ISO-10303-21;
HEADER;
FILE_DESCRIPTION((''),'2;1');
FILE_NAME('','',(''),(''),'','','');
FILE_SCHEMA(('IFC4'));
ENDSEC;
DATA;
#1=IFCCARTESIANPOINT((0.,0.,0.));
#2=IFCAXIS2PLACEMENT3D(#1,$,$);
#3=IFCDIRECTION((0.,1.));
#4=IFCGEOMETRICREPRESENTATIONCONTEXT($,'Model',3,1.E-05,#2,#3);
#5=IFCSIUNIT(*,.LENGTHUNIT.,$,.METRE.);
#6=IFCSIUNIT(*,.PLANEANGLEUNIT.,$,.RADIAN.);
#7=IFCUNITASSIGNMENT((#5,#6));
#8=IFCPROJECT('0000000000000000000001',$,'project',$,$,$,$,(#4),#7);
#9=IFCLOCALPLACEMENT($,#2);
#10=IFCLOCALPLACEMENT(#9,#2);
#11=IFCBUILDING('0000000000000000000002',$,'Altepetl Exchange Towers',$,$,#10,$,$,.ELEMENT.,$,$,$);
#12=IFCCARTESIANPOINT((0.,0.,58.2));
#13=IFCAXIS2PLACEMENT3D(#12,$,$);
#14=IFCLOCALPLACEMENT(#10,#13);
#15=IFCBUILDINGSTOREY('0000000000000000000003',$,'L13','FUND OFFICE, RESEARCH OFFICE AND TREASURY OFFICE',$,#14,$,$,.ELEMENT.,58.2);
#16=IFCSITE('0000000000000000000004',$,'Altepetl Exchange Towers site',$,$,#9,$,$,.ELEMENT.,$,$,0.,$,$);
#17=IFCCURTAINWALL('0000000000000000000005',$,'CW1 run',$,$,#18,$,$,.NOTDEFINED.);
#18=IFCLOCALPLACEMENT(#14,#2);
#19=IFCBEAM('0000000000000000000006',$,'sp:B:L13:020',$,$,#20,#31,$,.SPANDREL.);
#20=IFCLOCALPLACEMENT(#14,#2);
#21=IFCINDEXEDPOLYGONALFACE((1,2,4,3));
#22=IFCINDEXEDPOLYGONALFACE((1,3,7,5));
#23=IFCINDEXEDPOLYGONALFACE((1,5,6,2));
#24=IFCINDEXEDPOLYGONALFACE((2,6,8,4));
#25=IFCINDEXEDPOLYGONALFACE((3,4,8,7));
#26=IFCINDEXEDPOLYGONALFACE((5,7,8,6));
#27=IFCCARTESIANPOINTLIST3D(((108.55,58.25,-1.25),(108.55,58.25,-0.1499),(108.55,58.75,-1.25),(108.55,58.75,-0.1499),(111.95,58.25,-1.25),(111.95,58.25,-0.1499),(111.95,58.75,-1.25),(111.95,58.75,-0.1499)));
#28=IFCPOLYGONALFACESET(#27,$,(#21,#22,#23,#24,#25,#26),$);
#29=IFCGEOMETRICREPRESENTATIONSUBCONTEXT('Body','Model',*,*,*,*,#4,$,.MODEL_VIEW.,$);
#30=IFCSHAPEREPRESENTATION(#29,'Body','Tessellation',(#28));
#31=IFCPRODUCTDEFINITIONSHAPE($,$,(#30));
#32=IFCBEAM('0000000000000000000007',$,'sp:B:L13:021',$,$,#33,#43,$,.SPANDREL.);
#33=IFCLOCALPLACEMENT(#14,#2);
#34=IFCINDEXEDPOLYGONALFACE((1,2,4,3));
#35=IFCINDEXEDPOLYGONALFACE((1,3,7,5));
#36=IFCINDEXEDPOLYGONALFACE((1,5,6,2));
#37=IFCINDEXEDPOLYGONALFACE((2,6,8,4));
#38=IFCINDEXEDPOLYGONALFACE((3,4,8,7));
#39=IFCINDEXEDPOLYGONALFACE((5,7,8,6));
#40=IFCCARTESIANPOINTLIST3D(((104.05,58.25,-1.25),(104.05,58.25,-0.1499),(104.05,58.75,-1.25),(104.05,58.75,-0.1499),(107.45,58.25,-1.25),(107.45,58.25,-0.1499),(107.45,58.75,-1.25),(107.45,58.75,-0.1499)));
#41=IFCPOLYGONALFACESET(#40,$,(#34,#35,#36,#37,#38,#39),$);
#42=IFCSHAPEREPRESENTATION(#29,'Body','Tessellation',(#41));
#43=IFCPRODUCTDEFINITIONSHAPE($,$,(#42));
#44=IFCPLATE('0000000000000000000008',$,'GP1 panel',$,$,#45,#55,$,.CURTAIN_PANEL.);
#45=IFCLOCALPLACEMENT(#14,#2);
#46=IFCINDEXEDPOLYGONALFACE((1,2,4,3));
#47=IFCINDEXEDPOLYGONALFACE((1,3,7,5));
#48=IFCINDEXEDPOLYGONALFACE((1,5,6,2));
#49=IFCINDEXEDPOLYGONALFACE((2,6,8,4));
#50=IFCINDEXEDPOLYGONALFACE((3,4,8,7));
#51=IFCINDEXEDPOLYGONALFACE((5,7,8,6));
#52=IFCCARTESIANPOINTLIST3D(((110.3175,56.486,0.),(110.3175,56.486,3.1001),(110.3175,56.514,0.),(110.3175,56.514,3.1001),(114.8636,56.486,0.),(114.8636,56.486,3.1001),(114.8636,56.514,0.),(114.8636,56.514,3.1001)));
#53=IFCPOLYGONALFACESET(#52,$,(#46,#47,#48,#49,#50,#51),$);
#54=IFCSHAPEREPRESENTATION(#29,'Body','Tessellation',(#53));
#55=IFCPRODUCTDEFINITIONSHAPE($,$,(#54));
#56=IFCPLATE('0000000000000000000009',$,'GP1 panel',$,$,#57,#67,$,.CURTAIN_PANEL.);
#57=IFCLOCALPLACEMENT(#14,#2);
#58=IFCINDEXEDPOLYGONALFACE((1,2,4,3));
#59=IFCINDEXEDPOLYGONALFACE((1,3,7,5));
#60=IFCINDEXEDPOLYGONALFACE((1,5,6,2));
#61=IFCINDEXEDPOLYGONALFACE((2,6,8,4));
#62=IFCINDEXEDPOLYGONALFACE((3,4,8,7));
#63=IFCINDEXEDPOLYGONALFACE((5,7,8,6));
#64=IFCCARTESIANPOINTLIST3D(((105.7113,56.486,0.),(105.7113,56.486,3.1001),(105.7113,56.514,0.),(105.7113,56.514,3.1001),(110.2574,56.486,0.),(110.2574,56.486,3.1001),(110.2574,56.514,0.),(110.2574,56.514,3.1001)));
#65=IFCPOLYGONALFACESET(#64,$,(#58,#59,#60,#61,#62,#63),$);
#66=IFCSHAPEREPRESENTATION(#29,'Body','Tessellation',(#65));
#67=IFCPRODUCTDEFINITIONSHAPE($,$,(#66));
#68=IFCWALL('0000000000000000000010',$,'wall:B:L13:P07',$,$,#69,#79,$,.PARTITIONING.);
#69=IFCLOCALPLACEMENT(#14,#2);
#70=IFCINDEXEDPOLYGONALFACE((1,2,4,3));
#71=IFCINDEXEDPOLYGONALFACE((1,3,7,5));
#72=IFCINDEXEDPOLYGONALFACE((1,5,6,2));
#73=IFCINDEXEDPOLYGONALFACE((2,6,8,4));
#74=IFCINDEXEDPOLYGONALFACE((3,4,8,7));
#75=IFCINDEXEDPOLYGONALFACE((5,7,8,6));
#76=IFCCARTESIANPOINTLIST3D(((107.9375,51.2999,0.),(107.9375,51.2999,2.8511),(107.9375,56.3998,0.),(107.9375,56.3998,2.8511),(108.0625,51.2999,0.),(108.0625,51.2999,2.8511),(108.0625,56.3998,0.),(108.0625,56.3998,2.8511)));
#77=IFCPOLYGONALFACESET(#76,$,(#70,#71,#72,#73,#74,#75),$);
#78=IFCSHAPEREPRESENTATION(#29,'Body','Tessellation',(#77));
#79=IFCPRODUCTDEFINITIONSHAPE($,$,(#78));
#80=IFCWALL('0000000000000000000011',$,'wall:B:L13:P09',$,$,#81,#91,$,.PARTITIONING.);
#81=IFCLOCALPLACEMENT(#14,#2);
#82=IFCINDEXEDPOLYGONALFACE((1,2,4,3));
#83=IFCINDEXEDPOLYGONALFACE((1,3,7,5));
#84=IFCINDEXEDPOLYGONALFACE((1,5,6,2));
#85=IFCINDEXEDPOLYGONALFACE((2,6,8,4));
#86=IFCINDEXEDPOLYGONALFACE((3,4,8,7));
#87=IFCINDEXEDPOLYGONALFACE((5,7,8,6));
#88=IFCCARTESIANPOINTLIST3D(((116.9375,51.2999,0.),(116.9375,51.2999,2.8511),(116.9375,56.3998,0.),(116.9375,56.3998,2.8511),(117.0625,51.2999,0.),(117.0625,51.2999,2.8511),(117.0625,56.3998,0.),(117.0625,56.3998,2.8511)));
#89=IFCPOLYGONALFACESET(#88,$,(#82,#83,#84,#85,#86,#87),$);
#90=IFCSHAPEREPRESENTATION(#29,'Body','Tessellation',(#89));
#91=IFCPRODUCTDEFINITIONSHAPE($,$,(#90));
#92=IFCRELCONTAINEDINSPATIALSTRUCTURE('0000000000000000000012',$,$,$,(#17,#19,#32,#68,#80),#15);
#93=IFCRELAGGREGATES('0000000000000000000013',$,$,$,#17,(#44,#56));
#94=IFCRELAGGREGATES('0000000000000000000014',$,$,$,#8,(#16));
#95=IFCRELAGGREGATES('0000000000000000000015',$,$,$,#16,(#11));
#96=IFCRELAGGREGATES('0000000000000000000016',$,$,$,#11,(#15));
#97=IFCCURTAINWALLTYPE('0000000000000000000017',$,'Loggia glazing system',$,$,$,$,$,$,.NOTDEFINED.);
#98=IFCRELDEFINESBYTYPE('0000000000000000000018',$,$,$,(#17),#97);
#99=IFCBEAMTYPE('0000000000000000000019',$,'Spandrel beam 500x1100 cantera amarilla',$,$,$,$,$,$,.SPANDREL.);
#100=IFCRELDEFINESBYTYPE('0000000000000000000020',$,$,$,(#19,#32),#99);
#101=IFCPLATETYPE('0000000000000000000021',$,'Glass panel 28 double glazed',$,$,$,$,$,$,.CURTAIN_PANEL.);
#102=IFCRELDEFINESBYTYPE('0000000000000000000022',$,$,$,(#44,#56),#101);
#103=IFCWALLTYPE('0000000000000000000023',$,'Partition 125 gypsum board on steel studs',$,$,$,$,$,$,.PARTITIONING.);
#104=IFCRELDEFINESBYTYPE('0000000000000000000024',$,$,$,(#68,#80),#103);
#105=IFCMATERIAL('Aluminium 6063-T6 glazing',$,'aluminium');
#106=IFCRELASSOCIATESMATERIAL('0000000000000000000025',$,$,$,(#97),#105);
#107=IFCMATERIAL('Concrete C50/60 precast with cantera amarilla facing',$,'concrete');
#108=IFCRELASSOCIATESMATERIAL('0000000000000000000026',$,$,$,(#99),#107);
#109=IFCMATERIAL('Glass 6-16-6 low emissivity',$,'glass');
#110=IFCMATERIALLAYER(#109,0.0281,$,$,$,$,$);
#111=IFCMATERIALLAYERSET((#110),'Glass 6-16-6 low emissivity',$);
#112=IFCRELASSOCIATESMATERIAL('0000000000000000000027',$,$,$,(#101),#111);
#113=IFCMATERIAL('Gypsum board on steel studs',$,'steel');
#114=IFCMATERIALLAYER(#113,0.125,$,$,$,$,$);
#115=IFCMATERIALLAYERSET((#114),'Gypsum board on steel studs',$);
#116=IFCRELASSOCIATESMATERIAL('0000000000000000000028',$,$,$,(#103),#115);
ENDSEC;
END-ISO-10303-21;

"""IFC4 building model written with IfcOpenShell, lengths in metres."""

from ifc_helpers import new_model, si_unit, direction, frame, frame_2d, origin, origin_2d, place, context, subcontext, project, spatial, rectangle, extrude, material, layer, layer_set, material_profile, profile_set, type_object, element, aggregate, save


model = new_model("IFC4")

# Units and contexts
model_context = context("Model", 3, precision=1e-05, world=origin(), true_north=direction((0.0, 1.0)))
body_context = subcontext(model_context, "Body", "Model", "MODEL_VIEW")
ifc_project = project(units=[si_unit("LENGTHUNIT", "METRE"), si_unit("PLANEANGLEUNIT", "RADIAN")], contexts=[model_context])

# Site, building, storey
site_placement = place(None, origin())
site = spatial("IfcSite", under=ifc_project, at=site_placement, Name="Altepetl Exchange Towers site", CompositionType="ELEMENT", RefElevation=0.0)
building_placement = place(site_placement, origin())
building = spatial("IfcBuilding", under=site, at=building_placement, Name="Altepetl Exchange Towers", CompositionType="ELEMENT")
storey_placement = place(building_placement, frame((0.0, 0.0, 58.2)))
storey = spatial("IfcBuildingStorey", under=building, at=storey_placement, Name="L13", Description="FUND OFFICE, RESEARCH OFFICE AND TREASURY OFFICE", CompositionType="ELEMENT", Elevation=58.2)

# Curtain wall
ifc_material_1 = material(Name="Aluminium 6063-T6 glazing", Category="aluminium")
curtain_wall_type = type_object("IfcCurtainWallType", Name="Loggia glazing system", PredefinedType="NOTDEFINED", material=ifc_material_1)
curtain_wall_placement = place(storey_placement, origin())
curtain_wall = element("IfcCurtainWall", 1, at=curtain_wall_placement, inside=storey, type_object=curtain_wall_type, Name="CW1 run", PredefinedType="NOTDEFINED")

# Beams
ifc_material_2 = material(Name="Concrete C50/60 precast with cantera amarilla facing", Category="concrete")
ifc_material_profile_1 = material_profile(ifc_material_2, rectangle(XDim=0.5, YDim=1.1001, at=origin_2d()), Name="500 x 1100")
ifc_profile_set_1 = profile_set([ifc_material_profile_1], Name="Concrete C50/60 precast with cantera amarilla facing")
beam_type_1 = type_object("IfcBeamType", Name="Spandrel beam 500x1100 cantera amarilla", PredefinedType="SPANDREL", material=ifc_profile_set_1)
for number, where, z_axis, x_axis, name in (
    (2, (111.95, 58.5, -0.7), (-1.0, 0.0, 0.0), (0.0, -1.0, 0.0), "sp:B:L13:020"),
    (3, (107.45, 58.5, -0.7), (-1.0, 0.0, 0.0), (0.0, -1.0, 0.0), "sp:B:L13:021"),
):
    element("IfcBeam", number, at=place(storey_placement, frame(where, z_axis=z_axis, x_axis=x_axis)), inside=storey, type_object=beam_type_1, Name=name, PredefinedType="SPANDREL", context=body_context, shape_type="SweptSolid", body=[
        extrude(rectangle(XDim=0.5, YDim=1.1001, at=origin_2d()), origin(), (0.0, 0.0, 1.0), 3.3999),
    ])

# Plates
ifc_material_3 = material(Name="Glass 6-16-6 low emissivity", Category="glass")
ifc_layer_1 = layer(ifc_material_3, 0.0281)
ifc_layer_set_1 = layer_set([ifc_layer_1], Name="Glass 6-16-6 low emissivity")
plate_type = type_object("IfcPlateType", Name="Glass panel 28 double glazed", PredefinedType="CURTAIN_PANEL", material=ifc_layer_set_1)
plate_1_placement = place(storey_placement, frame((112.5906, 56.5, 0.0), z_axis=(0.0, 0.0, 1.0), x_axis=(-1.0, 0.0, 0.0)))
plate_1 = element("IfcPlate", 4, at=plate_1_placement, type_object=plate_type, Name="GP1 panel", PredefinedType="CURTAIN_PANEL", context=body_context, shape_type="SweptSolid", body=[
    extrude(rectangle(XDim=4.5461, YDim=0.0281, at=origin_2d()), origin(), (0.0, 0.0, 1.0), 3.1001),
])
plate_2_placement = place(storey_placement, frame((107.9844, 56.5, 0.0), z_axis=(0.0, 0.0, 1.0), x_axis=(-1.0, 0.0, 0.0)))
plate_2 = element("IfcPlate", 5, at=plate_2_placement, type_object=plate_type, Name="GP1 panel", PredefinedType="CURTAIN_PANEL", context=body_context, shape_type="SweptSolid", body=[
    extrude(rectangle(XDim=4.5461, YDim=0.0281, at=origin_2d()), origin(), (0.0, 0.0, 1.0), 3.1001),
])
aggregate(curtain_wall, [plate_1, plate_2])

# Walls
ifc_material_4 = material(Name="Gypsum board on steel studs", Category="steel")
ifc_layer_2 = layer(ifc_material_4, 0.125)
ifc_layer_set_2 = layer_set([ifc_layer_2], Name="Gypsum board on steel studs")
wall_type = type_object("IfcWallType", Name="Partition 125 gypsum board on steel studs", PredefinedType="PARTITIONING", material=ifc_layer_set_2)
for number, where, z_axis, x_axis, name in (
    (6, (108.0, 51.3, 0.0), (0.0, 0.0, 1.0), (0.0, 1.0, 0.0), "wall:B:L13:P07"),
    (7, (117.0, 51.3, 0.0), (0.0, 0.0, 1.0), (0.0, 1.0, 0.0), "wall:B:L13:P09"),
):
    element("IfcWall", number, at=place(storey_placement, frame(where, z_axis=z_axis, x_axis=x_axis)), inside=storey, type_object=wall_type, Name=name, PredefinedType="PARTITIONING", context=body_context, shape_type="SweptSolid", body=[
        extrude(rectangle(XDim=5.0999, YDim=0.125, at=frame_2d((2.5498, 0.0))), origin(), (0.0, 0.0, 1.0), 2.8511),
    ])

save(model, "model.ifc")
